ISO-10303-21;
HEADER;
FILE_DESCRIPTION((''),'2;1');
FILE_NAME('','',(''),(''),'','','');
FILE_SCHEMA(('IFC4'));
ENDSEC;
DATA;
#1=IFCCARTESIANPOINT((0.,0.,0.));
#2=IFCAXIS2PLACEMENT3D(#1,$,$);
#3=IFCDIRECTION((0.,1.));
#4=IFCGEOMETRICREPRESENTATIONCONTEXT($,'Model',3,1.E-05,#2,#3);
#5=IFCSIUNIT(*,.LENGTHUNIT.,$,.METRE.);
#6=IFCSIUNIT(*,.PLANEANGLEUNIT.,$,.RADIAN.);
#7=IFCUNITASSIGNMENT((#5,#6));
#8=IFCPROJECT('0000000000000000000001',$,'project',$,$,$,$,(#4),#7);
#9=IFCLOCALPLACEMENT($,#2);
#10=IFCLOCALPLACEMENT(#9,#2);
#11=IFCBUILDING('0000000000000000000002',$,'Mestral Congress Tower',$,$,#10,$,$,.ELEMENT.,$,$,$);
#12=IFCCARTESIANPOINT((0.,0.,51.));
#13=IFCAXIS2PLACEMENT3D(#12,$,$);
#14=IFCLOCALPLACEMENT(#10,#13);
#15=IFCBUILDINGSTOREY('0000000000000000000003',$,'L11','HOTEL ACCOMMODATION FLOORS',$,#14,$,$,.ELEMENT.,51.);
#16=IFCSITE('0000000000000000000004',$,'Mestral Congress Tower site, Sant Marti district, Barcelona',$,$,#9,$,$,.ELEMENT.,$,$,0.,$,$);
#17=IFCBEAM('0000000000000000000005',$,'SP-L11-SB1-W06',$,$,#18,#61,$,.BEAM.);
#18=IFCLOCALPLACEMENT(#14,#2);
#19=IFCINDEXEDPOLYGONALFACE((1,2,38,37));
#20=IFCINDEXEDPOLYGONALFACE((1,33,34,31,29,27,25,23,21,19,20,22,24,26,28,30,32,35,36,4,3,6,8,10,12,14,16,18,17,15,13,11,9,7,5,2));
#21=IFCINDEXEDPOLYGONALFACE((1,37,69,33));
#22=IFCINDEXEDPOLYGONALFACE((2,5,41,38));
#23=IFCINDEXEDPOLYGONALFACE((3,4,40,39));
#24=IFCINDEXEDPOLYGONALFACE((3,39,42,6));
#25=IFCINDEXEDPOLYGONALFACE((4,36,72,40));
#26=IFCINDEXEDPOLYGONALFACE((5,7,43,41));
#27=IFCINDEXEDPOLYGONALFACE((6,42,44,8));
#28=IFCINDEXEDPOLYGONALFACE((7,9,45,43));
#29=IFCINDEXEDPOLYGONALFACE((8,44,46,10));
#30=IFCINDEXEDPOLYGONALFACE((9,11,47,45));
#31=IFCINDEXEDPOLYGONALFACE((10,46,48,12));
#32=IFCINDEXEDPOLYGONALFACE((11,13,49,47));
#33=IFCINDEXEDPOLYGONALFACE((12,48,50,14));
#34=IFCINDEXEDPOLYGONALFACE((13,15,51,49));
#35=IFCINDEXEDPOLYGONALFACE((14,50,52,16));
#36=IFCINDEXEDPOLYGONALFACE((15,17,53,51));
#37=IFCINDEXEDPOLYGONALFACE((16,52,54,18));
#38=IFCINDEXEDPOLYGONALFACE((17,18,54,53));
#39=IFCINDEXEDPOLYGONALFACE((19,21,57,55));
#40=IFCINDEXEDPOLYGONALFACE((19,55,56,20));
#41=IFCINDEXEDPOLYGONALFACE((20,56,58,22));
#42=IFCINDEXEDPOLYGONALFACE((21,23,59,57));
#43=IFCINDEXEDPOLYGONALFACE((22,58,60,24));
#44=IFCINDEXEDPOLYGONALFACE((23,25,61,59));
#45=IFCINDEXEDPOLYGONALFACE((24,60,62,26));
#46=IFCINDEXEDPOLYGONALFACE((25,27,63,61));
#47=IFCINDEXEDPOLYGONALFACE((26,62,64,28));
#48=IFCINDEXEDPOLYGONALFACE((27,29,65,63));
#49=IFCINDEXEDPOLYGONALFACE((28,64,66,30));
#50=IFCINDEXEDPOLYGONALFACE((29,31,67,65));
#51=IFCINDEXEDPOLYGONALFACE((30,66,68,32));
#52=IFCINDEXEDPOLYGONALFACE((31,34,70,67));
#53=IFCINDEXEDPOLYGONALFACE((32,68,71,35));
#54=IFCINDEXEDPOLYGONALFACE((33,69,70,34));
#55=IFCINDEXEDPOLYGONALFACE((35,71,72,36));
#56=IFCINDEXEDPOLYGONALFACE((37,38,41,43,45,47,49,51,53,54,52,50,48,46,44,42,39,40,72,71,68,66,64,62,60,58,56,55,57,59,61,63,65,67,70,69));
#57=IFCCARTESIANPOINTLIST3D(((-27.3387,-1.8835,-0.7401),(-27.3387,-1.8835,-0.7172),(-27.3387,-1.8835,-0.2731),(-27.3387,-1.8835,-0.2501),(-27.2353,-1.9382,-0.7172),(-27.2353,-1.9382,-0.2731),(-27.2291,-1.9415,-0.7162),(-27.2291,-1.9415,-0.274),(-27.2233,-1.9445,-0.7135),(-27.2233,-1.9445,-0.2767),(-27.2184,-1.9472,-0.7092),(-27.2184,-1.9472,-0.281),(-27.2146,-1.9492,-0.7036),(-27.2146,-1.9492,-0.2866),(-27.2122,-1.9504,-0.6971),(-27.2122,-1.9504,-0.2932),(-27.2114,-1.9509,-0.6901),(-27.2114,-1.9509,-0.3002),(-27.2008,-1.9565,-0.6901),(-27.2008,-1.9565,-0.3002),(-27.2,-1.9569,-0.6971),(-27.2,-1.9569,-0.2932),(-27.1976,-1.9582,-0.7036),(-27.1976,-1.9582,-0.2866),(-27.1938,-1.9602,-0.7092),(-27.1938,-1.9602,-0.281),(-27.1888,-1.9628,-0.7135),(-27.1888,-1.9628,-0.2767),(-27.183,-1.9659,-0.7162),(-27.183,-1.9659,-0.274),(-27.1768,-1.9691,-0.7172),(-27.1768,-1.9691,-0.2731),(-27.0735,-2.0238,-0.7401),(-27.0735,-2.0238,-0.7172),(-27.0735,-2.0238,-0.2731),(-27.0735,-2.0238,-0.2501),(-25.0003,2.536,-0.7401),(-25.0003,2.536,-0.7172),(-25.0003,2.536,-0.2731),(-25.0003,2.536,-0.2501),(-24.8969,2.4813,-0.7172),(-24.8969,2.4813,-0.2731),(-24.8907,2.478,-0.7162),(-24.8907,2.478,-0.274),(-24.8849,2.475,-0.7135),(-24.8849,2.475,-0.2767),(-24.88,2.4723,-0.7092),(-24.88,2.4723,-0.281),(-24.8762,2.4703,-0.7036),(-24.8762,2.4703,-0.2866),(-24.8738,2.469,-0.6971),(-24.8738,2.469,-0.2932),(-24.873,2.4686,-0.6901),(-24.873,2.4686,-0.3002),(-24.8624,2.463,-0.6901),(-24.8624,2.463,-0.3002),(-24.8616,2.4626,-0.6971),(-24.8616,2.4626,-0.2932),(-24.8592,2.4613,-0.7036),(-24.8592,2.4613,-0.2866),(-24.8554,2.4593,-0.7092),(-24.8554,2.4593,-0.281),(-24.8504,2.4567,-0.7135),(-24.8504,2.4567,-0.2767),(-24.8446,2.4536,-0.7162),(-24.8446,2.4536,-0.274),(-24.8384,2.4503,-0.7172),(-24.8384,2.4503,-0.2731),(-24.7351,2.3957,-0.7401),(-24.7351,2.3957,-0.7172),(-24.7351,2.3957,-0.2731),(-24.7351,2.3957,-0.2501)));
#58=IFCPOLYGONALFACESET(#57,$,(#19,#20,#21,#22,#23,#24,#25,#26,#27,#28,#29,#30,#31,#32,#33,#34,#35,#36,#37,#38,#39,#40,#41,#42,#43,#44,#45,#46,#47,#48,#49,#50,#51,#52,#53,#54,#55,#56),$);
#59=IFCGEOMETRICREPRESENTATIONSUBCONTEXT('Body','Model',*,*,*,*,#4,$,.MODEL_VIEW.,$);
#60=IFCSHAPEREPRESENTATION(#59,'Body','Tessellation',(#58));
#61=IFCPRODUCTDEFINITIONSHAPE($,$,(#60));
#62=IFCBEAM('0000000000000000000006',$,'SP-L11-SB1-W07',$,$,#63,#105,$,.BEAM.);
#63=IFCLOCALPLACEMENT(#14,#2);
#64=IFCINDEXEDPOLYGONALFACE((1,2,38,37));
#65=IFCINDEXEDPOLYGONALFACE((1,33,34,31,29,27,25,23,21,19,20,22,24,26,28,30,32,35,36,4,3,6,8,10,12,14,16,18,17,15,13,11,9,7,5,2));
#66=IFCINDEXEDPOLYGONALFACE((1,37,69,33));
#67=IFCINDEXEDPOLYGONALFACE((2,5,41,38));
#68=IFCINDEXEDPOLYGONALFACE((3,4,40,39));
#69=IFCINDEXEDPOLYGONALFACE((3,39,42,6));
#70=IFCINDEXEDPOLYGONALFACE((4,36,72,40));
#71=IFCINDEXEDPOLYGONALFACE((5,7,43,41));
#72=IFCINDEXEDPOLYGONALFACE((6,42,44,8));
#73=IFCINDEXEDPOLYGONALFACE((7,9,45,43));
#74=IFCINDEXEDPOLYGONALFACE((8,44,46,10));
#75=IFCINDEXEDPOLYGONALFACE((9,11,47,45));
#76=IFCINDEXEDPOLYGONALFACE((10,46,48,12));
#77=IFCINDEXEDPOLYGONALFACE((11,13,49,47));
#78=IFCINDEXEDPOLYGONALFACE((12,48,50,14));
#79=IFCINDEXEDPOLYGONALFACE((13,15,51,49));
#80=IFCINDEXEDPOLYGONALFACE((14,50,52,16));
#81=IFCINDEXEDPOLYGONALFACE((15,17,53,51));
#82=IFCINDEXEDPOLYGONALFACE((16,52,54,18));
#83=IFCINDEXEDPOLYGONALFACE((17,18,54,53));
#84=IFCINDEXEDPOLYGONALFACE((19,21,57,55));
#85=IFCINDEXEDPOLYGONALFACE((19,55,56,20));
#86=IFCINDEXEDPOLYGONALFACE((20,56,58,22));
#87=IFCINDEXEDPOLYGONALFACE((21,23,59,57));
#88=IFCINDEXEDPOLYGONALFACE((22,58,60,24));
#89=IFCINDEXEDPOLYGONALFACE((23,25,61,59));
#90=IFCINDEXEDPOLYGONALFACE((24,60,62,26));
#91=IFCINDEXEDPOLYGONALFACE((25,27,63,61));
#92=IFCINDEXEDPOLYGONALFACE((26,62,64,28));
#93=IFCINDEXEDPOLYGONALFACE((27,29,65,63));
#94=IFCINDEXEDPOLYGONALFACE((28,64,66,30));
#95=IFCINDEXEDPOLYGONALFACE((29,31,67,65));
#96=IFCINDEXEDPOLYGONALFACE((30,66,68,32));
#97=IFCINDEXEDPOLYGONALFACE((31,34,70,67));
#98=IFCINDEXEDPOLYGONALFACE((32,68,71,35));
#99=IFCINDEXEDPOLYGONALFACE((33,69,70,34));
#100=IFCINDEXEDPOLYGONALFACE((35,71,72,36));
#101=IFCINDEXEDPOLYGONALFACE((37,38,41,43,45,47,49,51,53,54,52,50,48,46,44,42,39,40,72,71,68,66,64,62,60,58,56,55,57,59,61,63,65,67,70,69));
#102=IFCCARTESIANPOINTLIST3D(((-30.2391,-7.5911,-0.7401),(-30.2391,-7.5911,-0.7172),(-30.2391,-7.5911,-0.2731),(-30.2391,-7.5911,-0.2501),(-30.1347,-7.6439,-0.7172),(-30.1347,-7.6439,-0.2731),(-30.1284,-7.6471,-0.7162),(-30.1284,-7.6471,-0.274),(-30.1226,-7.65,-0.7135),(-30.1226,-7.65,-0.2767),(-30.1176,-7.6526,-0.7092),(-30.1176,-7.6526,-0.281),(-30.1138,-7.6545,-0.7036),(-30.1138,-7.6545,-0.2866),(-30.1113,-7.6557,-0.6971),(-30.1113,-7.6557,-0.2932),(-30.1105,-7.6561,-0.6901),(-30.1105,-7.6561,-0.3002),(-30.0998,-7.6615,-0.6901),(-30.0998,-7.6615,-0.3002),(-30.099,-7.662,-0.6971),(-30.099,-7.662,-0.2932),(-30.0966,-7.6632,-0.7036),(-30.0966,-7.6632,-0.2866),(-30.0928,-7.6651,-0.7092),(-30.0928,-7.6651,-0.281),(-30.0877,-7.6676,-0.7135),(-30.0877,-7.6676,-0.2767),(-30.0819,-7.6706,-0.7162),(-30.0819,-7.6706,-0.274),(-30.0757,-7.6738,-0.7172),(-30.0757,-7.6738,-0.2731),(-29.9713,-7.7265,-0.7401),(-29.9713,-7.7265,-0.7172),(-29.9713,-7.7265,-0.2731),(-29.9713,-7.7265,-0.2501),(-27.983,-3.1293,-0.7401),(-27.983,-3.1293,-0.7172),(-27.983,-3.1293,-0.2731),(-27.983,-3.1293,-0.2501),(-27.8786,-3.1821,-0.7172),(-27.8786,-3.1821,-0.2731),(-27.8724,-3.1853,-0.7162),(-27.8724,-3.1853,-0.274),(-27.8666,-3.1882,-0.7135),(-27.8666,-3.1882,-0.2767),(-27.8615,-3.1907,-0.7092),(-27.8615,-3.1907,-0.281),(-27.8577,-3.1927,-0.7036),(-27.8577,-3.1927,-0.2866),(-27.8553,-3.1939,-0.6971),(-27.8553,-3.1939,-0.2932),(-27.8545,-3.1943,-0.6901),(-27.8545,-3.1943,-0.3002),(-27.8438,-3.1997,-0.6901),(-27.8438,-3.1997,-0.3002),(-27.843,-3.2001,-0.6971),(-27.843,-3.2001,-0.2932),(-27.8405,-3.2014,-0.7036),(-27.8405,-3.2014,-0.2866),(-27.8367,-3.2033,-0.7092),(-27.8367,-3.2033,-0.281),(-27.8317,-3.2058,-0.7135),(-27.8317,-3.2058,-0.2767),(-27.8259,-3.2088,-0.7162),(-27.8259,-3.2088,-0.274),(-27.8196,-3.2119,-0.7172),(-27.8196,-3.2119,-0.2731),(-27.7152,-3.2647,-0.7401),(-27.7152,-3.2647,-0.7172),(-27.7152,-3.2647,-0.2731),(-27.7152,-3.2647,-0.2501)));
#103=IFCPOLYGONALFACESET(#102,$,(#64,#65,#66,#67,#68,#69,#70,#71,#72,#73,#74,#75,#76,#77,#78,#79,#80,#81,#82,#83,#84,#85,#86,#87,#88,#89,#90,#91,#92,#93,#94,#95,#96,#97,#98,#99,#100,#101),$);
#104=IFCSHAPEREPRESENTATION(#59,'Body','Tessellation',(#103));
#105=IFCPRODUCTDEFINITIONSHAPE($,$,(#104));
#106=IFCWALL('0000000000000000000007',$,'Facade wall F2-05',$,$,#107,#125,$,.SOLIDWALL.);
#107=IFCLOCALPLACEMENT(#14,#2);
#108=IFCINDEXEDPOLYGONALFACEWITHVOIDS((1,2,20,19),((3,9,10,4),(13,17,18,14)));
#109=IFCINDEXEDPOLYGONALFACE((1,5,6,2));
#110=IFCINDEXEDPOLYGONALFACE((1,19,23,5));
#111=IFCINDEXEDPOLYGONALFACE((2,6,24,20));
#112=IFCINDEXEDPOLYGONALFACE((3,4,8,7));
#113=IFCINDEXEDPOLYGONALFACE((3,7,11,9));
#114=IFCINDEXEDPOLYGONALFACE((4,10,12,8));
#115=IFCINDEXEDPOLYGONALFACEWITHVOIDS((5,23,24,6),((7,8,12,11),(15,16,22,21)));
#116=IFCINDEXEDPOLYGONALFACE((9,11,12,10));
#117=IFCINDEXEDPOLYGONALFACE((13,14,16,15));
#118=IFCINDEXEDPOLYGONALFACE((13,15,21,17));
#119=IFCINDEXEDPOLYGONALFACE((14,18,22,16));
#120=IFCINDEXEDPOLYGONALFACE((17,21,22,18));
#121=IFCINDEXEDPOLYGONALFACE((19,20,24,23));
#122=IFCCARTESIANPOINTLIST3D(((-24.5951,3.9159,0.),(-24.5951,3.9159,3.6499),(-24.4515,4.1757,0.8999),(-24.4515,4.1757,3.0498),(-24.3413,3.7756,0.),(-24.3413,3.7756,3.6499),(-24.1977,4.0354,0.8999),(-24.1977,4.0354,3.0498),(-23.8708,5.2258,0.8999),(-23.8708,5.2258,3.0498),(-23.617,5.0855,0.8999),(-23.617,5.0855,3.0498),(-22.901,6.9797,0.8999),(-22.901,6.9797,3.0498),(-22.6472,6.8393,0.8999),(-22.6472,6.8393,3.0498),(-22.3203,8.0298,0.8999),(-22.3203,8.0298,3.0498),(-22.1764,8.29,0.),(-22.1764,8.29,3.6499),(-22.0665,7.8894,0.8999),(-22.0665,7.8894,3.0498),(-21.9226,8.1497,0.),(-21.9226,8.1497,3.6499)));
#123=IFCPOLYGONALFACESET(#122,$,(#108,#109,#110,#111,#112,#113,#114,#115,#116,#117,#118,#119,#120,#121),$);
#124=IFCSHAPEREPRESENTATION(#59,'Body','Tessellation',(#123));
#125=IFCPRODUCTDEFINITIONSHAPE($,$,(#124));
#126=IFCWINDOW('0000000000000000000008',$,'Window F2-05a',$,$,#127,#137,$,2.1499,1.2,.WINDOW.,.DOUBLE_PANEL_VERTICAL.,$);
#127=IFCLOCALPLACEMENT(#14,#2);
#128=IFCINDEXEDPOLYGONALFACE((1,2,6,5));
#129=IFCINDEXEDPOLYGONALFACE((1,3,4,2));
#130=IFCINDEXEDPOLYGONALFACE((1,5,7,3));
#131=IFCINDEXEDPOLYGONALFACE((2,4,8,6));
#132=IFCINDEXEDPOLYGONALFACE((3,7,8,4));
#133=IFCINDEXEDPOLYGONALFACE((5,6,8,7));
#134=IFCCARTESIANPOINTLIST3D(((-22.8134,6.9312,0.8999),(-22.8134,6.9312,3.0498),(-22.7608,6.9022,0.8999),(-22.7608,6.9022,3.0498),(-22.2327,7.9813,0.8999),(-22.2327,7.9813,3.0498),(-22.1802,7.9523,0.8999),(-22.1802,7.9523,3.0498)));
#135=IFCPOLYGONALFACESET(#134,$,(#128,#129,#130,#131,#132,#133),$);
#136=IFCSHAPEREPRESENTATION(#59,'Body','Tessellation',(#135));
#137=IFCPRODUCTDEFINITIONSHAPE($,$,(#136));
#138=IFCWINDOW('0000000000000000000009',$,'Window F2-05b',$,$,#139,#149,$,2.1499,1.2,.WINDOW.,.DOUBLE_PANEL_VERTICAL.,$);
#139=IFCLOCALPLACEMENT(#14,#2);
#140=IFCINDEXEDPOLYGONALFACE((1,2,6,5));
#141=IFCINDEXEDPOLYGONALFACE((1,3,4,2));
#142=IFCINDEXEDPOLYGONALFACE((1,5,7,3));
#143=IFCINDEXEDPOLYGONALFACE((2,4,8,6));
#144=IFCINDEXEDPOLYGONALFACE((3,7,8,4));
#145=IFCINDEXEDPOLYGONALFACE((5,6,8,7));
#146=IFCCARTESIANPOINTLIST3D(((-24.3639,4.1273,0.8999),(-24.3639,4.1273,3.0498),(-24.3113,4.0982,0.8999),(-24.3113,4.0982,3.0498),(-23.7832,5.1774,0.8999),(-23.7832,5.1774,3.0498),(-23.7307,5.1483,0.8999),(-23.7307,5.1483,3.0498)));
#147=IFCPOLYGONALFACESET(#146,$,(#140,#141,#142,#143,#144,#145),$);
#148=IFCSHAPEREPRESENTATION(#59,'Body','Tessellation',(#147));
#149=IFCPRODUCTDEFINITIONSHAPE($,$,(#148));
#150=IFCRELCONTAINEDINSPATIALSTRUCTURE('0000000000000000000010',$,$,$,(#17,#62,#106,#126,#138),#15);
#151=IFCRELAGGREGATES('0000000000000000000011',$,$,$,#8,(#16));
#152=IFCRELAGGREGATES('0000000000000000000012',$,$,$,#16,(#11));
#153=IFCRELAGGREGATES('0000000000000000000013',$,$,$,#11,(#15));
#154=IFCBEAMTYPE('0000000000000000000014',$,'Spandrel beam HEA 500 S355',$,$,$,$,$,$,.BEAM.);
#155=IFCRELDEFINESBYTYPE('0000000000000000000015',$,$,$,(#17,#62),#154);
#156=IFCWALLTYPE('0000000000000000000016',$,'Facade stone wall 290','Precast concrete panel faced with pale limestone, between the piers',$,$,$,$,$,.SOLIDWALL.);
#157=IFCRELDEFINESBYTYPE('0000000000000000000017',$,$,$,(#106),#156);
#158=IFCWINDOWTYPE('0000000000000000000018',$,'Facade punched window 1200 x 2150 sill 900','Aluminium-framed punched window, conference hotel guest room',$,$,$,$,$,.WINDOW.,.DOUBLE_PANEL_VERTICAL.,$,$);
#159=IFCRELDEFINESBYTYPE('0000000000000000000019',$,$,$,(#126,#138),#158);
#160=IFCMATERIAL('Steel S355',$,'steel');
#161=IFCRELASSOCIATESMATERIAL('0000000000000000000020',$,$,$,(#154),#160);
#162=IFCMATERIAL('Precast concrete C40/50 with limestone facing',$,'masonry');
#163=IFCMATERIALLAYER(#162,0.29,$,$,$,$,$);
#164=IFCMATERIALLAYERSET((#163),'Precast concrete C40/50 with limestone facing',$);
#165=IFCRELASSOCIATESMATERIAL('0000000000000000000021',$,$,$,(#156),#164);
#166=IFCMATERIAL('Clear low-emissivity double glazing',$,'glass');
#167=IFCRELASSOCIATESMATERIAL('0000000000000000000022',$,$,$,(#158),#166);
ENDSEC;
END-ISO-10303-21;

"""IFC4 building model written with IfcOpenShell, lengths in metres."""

from ifc_helpers import new_model, si_unit, direction, frame, frame_2d, origin, origin_2d, place, context, subcontext, project, spatial, rectangle, i_section, extrude, material, layer, layer_set, material_profile, profile_set, type_object, element, fill, save


model = new_model("IFC4")

# Units and contexts
model_context = context("Model", 3, precision=1e-05, world=origin(), true_north=direction((0.0, 1.0)))
body_context = subcontext(model_context, "Body", "Model", "MODEL_VIEW")
ifc_project = project(units=[si_unit("LENGTHUNIT", "METRE"), si_unit("PLANEANGLEUNIT", "RADIAN")], contexts=[model_context])

# Site, building, storey
site_placement = place(None, origin())
site = spatial("IfcSite", under=ifc_project, at=site_placement, Name="Mestral Congress Tower site, Sant Marti district, Barcelona", CompositionType="ELEMENT", RefElevation=0.0)
building_placement = place(site_placement, origin())
building = spatial("IfcBuilding", under=site, at=building_placement, Name="Mestral Congress Tower", CompositionType="ELEMENT")
storey_placement = place(building_placement, frame((0.0, 0.0, 51.0)))
storey = spatial("IfcBuildingStorey", under=building, at=storey_placement, Name="L11", Description="HOTEL ACCOMMODATION FLOORS", CompositionType="ELEMENT", Elevation=51.0)

# Beams
ifc_material_1 = material(Name="Steel S355", Category="steel")
ifc_material_profile_1 = material_profile(ifc_material_1, i_section(OverallWidth=0.3, OverallDepth=0.49, WebThickness=0.012, FlangeThickness=0.0229, FilletRadius=0.0271, at=origin_2d()), Name="HEA 500")
ifc_profile_set_1 = profile_set([ifc_material_profile_1], Name="Steel S355")
beam_type_1 = type_object("IfcBeamType", Name="Spandrel beam HEA 500 S355", PredefinedType="BEAM", material=ifc_profile_set_1)
beam_1_placement = place(storey_placement, frame((-24.8677, 2.4658, -0.4951), z_axis=(-0.467681, -0.883897, 0.0), x_axis=(0.883897, -0.467681, 0.0)))
element("IfcBeam", 1, at=beam_1_placement, inside=storey, type_object=beam_type_1, Name="SP-L11-SB1-W06", PredefinedType="BEAM", context=body_context, shape_type="SweptSolid", body=[
    extrude(i_section(OverallWidth=0.3, OverallDepth=0.49, WebThickness=0.012, FlangeThickness=0.0229, FilletRadius=0.0271, at=origin_2d()), origin(), (0.0, 0.0, 1.0), 5.0),
])
beam_2_placement = place(storey_placement, frame((-27.8491, -3.197, -0.4951), z_axis=(-0.451233, -0.892406, 0.0), x_axis=(0.892406, -0.451233, 0.0)))
element("IfcBeam", 2, at=beam_2_placement, inside=storey, type_object=beam_type_1, Name="SP-L11-SB1-W07", PredefinedType="BEAM", context=body_context, shape_type="SweptSolid", body=[
    extrude(i_section(OverallWidth=0.3, OverallDepth=0.49, WebThickness=0.012, FlangeThickness=0.0229, FilletRadius=0.0271, at=origin_2d()), origin(), (0.0, 0.0, 1.0), 4.9998),
])

# Wall, openings, windows
ifc_material_2 = material(Name="Precast concrete C40/50 with limestone facing", Category="masonry")
ifc_layer_1 = layer(ifc_material_2, 0.29)
ifc_layer_set_1 = layer_set([ifc_layer_1], Name="Precast concrete C40/50 with limestone facing")
wall_type_1 = type_object("IfcWallType", Name="Facade stone wall 290", Description="Precast concrete panel faced with pale limestone, between the piers", PredefinedType="SOLIDWALL", material=ifc_layer_set_1)
wall_1_placement = place(storey_placement, frame((-22.0496, 8.2197, 0.0), z_axis=(0.0, 0.0, 1.0), x_axis=(-0.483913, -0.875116, 0.0)))
wall_1 = element("IfcWall", 3, at=wall_1_placement, inside=storey, type_object=wall_type_1, Name="Facade wall F2-05", PredefinedType="SOLIDWALL", context=body_context, shape_type="SweptSolid", body=[
    extrude(rectangle(XDim=4.9983, YDim=0.29, at=frame_2d((2.499, 0.0))), origin(), (0.0, 0.0, 1.0), 3.6499),
])
opening_1_placement = place(wall_1_placement, frame((0.2971, 0.0, 0.8999)))
opening_1 = element("IfcOpeningElement", 4, at=opening_1_placement, cuts=wall_1, PredefinedType="OPENING", context=body_context, shape_type="SweptSolid", body=[
    extrude(rectangle(XDim=1.2, YDim=2.1499, at=frame_2d((0.6001, 1.075))), frame((0.0, 0.155, 0.0), z_axis=(0.0, -1.0, 0.0), x_axis=(1.0, 0.0, 0.0)), (0.0, 0.0, 1.0), 0.3101),
])
opening_2_placement = place(wall_1_placement, frame((3.5012, 0.0, 0.8999)))
opening_2 = element("IfcOpeningElement", 5, at=opening_2_placement, cuts=wall_1, PredefinedType="OPENING", context=body_context, shape_type="SweptSolid", body=[
    extrude(rectangle(XDim=1.2, YDim=2.1499, at=frame_2d((0.6001, 1.075))), frame((0.0, 0.155, 0.0), z_axis=(0.0, -1.0, 0.0), x_axis=(1.0, 0.0, 0.0)), (0.0, 0.0, 1.0), 0.3101),
])
ifc_material_3 = material(Name="Clear low-emissivity double glazing", Category="glass")
window_type = type_object("IfcWindowType", Name="Facade punched window 1200 x 2150 sill 900", Description="Aluminium-framed punched window, conference hotel guest room", PartitioningType="DOUBLE_PANEL_VERTICAL", PredefinedType="WINDOW", material=ifc_material_3)
window_1_placement = place(opening_1_placement, origin())
window_1 = element("IfcWindow", 6, at=window_1_placement, inside=storey, type_object=window_type, Name="Window F2-05a", OverallHeight=2.1499, OverallWidth=1.2, PartitioningType="DOUBLE_PANEL_VERTICAL", PredefinedType="WINDOW", context=body_context, shape_type="SweptSolid", body=[
    extrude(rectangle(XDim=1.2, YDim=2.1499, at=frame_2d((0.6001, 1.075))), frame((0.0, 0.0151, 0.0), z_axis=(0.0, -1.0, 0.0), x_axis=(1.0, 0.0, 0.0)), (0.0, 0.0, 1.0), 0.0601),
])
fill(opening_1, window_1)
window_2_placement = place(opening_2_placement, origin())
window_2 = element("IfcWindow", 7, at=window_2_placement, inside=storey, type_object=window_type, Name="Window F2-05b", OverallHeight=2.1499, OverallWidth=1.2, PartitioningType="DOUBLE_PANEL_VERTICAL", PredefinedType="WINDOW", context=body_context, shape_type="SweptSolid", body=[
    extrude(rectangle(XDim=1.2, YDim=2.1499, at=frame_2d((0.6001, 1.075))), frame((0.0, 0.0151, 0.0), z_axis=(0.0, -1.0, 0.0), x_axis=(1.0, 0.0, 0.0)), (0.0, 0.0, 1.0), 0.0601),
])
fill(opening_2, window_2)

save(model, "model.ifc")
